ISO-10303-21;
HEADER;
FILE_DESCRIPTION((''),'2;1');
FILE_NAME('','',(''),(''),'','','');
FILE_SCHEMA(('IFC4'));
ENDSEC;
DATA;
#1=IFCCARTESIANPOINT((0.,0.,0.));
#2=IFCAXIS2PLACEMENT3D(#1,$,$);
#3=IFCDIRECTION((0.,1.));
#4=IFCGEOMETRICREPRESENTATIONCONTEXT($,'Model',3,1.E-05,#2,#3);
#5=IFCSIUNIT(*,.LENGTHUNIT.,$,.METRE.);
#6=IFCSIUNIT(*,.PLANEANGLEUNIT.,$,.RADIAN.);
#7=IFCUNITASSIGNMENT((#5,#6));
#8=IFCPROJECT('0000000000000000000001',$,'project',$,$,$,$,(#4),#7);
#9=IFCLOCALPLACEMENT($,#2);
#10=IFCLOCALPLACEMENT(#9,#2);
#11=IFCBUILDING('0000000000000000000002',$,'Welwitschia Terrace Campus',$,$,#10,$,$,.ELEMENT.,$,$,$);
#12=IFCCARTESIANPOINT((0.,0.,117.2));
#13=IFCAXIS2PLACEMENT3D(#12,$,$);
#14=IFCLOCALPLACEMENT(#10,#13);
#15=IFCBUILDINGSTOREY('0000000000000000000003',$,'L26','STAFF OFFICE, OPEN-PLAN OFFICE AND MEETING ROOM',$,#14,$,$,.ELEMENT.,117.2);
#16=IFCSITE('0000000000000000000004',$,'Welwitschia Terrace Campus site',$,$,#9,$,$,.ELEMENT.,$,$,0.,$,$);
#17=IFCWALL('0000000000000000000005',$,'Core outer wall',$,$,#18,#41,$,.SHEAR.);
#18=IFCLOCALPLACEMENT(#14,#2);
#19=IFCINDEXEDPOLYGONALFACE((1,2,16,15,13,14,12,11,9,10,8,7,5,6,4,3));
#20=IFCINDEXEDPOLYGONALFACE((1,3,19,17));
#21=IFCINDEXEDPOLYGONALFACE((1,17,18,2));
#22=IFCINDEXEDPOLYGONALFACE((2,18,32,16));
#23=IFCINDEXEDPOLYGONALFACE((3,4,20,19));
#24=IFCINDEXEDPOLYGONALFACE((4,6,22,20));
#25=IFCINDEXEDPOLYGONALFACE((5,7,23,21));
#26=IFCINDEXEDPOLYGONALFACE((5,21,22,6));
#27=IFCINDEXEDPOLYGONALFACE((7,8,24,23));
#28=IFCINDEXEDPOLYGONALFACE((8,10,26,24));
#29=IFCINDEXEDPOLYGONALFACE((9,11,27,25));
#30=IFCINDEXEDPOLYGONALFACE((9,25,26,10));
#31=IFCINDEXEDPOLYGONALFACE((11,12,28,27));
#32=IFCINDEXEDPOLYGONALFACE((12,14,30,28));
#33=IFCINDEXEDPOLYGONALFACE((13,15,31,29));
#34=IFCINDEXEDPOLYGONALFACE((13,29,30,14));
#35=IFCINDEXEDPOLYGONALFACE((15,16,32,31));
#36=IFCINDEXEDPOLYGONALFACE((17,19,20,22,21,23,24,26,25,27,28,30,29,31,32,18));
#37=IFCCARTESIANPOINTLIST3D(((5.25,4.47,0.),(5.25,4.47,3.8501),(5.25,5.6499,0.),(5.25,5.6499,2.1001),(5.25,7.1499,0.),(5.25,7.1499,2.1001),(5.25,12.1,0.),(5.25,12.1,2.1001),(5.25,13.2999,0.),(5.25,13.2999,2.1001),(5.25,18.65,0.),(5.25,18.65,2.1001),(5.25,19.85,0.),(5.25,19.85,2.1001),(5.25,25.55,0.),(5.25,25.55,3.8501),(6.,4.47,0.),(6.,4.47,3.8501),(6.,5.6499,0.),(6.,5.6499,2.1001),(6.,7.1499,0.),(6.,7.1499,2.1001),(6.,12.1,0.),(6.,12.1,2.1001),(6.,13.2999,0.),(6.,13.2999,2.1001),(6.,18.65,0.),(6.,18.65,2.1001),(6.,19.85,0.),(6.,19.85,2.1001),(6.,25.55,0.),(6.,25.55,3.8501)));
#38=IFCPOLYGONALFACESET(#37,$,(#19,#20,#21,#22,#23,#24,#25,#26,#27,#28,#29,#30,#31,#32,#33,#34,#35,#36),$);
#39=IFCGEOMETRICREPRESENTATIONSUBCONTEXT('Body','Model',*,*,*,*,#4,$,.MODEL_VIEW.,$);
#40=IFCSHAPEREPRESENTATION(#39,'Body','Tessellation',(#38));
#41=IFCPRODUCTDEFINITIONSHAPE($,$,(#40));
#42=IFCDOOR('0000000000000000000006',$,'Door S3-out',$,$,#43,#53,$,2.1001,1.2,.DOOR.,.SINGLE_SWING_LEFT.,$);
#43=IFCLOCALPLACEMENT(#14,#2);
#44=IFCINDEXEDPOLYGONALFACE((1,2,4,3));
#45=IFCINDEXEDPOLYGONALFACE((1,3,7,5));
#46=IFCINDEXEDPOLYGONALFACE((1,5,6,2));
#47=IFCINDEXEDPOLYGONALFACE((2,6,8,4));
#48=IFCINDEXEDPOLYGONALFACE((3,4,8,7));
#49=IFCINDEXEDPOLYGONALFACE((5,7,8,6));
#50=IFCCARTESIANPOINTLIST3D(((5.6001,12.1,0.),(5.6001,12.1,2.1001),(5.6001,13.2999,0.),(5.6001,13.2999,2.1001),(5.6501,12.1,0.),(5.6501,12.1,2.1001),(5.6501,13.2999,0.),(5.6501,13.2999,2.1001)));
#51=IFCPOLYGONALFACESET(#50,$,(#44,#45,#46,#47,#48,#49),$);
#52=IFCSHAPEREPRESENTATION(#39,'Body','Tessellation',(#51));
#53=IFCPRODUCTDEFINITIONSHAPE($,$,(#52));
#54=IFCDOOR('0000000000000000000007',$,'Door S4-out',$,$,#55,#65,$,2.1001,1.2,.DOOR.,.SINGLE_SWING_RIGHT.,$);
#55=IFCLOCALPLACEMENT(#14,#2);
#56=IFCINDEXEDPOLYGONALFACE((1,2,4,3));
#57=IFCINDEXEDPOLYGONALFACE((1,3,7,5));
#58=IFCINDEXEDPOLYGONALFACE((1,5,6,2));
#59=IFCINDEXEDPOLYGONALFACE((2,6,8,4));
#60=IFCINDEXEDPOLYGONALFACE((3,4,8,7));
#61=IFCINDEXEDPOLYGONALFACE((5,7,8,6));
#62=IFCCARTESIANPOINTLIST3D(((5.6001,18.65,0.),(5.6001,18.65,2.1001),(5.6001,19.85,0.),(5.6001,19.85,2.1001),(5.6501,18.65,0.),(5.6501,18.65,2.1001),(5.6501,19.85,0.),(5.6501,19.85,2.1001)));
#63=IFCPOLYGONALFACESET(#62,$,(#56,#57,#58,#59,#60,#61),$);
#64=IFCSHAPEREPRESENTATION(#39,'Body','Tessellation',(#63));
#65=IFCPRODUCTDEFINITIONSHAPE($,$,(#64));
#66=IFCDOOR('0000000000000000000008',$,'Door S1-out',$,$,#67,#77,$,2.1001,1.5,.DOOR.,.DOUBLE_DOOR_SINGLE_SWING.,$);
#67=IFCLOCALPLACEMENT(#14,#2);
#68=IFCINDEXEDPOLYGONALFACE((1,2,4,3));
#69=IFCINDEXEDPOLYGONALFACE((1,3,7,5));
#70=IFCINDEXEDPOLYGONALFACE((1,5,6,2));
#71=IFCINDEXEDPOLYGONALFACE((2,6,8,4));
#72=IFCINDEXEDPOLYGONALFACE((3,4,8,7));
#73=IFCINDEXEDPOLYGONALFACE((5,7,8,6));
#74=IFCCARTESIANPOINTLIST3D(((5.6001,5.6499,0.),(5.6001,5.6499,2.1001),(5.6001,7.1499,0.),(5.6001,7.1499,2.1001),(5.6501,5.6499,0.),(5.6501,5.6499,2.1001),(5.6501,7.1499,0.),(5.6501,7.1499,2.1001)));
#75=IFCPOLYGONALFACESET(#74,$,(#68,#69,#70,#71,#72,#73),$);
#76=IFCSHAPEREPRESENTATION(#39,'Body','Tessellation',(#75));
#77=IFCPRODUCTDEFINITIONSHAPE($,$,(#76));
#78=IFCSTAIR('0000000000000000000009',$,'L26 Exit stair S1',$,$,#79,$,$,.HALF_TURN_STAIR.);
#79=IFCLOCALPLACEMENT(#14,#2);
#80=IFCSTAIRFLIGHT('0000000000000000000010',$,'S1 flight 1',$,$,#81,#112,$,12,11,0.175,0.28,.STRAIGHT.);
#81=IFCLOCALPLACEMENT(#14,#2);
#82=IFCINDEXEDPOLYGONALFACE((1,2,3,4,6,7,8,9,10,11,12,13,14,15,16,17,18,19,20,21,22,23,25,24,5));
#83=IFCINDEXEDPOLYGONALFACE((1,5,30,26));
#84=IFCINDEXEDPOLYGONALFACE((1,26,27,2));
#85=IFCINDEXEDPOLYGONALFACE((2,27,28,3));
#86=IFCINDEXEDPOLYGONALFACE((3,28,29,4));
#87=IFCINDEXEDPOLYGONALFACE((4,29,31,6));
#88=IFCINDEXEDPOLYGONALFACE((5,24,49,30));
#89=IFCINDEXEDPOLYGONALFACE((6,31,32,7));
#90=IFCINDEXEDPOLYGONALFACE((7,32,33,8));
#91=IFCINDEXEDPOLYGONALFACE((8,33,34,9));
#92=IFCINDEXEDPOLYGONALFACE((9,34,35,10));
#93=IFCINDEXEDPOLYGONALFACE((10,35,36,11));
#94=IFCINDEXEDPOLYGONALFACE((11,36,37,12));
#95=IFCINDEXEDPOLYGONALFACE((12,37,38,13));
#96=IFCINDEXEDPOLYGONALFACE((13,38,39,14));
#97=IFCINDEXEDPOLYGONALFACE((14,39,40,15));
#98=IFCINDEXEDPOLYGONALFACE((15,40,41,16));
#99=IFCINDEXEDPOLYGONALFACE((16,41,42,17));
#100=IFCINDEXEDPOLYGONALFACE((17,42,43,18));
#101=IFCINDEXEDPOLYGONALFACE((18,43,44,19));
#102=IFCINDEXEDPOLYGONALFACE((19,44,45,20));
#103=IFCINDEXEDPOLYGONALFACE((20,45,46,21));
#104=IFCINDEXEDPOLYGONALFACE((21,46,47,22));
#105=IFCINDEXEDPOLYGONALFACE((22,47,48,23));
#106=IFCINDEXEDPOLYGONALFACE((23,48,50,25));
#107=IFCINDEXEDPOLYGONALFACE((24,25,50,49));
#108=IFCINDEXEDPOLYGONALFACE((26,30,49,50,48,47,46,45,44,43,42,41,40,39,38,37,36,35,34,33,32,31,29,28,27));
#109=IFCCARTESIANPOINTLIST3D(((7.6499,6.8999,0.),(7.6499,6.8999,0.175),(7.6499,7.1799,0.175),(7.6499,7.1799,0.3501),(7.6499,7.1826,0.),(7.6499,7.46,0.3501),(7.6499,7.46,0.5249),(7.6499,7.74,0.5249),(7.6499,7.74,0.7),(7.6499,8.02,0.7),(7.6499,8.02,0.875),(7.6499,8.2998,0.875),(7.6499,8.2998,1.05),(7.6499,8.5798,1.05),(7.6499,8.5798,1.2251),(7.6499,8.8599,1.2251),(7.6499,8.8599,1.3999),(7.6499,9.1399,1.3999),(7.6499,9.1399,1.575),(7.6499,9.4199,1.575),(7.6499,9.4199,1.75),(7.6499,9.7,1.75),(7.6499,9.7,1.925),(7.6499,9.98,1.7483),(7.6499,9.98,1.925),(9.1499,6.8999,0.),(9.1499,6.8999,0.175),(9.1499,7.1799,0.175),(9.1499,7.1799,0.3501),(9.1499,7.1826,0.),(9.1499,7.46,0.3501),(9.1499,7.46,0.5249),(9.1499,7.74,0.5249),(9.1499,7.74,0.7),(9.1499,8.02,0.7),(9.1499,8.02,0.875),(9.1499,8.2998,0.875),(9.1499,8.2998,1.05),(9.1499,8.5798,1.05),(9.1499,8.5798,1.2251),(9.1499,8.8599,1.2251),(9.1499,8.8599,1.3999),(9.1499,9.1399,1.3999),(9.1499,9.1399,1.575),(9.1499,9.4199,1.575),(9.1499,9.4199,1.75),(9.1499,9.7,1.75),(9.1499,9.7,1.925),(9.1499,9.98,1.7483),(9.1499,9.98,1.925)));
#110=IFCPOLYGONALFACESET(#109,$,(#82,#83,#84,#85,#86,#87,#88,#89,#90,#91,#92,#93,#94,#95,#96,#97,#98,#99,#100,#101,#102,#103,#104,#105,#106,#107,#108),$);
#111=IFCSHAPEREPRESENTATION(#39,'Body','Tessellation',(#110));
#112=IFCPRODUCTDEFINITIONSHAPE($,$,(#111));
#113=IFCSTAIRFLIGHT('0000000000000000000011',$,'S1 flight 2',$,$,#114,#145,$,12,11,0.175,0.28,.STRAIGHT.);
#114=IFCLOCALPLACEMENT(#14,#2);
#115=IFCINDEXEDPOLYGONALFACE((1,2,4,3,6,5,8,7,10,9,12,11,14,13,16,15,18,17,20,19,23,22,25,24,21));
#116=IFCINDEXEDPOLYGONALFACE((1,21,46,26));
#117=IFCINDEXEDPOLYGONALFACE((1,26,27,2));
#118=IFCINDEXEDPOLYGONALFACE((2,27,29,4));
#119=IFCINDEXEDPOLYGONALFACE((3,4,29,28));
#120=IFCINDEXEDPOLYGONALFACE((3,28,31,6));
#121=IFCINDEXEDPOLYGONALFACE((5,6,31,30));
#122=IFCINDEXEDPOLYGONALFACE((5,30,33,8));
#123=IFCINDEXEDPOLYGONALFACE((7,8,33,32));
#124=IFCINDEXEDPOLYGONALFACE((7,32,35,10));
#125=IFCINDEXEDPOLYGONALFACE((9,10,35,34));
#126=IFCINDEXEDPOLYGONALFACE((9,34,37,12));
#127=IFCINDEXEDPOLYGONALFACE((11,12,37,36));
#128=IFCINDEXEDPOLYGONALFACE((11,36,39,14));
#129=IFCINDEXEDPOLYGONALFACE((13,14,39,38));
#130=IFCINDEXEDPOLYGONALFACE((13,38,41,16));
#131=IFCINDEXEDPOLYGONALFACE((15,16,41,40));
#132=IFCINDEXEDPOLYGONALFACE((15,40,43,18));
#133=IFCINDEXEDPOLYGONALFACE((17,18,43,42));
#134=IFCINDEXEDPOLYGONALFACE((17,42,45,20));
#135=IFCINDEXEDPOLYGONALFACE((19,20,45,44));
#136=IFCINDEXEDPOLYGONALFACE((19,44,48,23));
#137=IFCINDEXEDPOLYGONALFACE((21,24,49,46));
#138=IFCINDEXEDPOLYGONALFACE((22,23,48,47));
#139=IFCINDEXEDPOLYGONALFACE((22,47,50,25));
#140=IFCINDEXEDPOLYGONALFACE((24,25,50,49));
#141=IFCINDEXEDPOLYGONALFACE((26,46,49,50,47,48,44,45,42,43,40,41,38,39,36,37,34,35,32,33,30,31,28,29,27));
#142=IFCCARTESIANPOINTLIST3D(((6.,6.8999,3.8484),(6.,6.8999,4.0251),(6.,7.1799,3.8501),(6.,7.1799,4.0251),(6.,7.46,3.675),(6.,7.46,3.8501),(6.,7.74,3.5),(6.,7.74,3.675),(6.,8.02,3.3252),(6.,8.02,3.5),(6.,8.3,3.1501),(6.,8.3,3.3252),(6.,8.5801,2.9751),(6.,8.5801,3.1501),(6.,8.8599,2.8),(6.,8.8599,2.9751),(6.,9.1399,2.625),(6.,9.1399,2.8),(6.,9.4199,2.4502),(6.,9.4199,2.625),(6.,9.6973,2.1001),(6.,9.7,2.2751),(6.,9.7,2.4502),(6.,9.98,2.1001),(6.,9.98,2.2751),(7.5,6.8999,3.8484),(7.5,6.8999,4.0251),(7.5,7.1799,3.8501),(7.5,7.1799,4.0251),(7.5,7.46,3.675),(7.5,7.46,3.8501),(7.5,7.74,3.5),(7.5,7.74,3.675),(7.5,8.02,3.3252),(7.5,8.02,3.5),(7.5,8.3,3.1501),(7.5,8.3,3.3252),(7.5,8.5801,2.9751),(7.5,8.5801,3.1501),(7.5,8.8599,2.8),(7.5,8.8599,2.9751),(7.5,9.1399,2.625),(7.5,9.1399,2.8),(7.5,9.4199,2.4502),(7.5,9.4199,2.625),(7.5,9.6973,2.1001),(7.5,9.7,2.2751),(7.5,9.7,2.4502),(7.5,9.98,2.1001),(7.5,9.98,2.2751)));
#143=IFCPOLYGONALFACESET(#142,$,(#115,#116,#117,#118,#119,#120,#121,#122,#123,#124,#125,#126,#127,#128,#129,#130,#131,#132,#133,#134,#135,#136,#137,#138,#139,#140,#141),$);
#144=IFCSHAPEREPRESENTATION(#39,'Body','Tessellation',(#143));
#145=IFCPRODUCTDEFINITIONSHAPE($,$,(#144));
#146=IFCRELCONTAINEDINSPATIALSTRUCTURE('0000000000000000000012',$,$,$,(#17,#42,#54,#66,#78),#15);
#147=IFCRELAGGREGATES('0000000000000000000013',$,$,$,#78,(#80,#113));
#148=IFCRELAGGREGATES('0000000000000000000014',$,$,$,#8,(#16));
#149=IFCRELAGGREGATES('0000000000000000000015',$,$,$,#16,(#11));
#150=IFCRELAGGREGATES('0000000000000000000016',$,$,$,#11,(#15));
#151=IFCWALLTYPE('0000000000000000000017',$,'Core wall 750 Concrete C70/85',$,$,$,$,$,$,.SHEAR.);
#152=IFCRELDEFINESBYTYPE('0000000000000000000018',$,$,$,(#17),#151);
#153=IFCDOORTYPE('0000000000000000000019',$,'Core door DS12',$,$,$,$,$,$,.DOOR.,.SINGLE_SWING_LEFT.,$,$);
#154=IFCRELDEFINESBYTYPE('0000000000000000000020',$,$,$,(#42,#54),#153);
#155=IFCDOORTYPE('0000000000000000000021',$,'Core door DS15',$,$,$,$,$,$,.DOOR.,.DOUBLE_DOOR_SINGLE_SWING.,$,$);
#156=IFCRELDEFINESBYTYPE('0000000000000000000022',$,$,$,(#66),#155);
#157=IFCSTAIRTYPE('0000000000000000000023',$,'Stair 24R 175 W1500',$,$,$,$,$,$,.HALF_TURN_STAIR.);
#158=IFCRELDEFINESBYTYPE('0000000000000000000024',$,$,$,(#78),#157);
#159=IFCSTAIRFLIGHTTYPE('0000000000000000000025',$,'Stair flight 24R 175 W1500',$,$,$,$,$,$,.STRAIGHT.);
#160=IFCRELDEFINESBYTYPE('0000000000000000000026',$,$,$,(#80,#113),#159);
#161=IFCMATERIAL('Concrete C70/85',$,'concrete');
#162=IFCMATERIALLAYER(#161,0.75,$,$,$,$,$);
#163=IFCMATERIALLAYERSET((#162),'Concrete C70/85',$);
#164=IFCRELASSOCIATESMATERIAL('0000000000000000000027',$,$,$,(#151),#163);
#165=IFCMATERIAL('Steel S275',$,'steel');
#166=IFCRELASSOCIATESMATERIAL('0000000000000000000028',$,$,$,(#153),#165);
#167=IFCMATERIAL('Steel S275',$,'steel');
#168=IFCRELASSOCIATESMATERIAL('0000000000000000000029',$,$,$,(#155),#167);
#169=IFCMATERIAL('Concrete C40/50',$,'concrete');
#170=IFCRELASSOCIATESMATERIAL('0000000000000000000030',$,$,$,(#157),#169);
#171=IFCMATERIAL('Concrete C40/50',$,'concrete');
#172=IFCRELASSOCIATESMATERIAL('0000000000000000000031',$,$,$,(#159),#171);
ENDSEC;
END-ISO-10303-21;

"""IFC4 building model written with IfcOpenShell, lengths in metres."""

from ifc_helpers import new_model, si_unit, direction, frame, frame_2d, origin, place, context, subcontext, project, spatial, polyline, rectangle, outline, extrude, material, layer, layer_set, type_object, element, fill, aggregate, save


model = new_model("IFC4")

# Units and contexts
model_context = context("Model", 3, precision=1e-05, world=origin(), true_north=direction((0.0, 1.0)))
body_context = subcontext(model_context, "Body", "Model", "MODEL_VIEW")
ifc_project = project(units=[si_unit("LENGTHUNIT", "METRE"), si_unit("PLANEANGLEUNIT", "RADIAN")], contexts=[model_context])

# Site, building, storey
site_placement = place(None, origin())
site = spatial("IfcSite", under=ifc_project, at=site_placement, Name="Welwitschia Terrace Campus site", CompositionType="ELEMENT", RefElevation=0.0)
building_placement = place(site_placement, origin())
building = spatial("IfcBuilding", under=site, at=building_placement, Name="Welwitschia Terrace Campus", CompositionType="ELEMENT")
storey_placement = place(building_placement, frame((0.0, 0.0, 117.2)))
storey = spatial("IfcBuildingStorey", under=building, at=storey_placement, Name="L26", Description="STAFF OFFICE, OPEN-PLAN OFFICE AND MEETING ROOM", CompositionType="ELEMENT", Elevation=117.2)

# Wall, openings, doors
ifc_material_1 = material(Name="Concrete C70/85", Category="concrete")
ifc_layer_1 = layer(ifc_material_1, 0.75)
ifc_layer_set_1 = layer_set([ifc_layer_1], Name="Concrete C70/85")
wall_type_1 = type_object("IfcWallType", Name="Core wall 750 Concrete C70/85", PredefinedType="SHEAR", material=ifc_layer_set_1)
wall_1_placement = place(storey_placement, frame((5.625, 4.47, 0.0), z_axis=(0.0, 0.0, 1.0), x_axis=(0.0, 1.0, 0.0)))
wall_1 = element("IfcWall", 1, at=wall_1_placement, inside=storey, type_object=wall_type_1, Name="Core outer wall", PredefinedType="SHEAR", context=body_context, shape_type="SweptSolid", body=[
    extrude(rectangle(XDim=21.0801, YDim=0.75, at=frame_2d((10.54, 0.0))), origin(), (0.0, 0.0, 1.0), 3.8501),
])
opening_1_placement = place(wall_1_placement, frame((1.1799, 0.0, 0.0)))
opening_1 = element("IfcOpeningElement", 2, at=opening_1_placement, cuts=wall_1, PredefinedType="OPENING", context=body_context, shape_type="SweptSolid", body=[
    extrude(rectangle(XDim=1.5, YDim=2.1001, at=frame_2d((0.75, 1.05))), frame((0.0, 0.385, 0.0), z_axis=(0.0, -1.0, 0.0), x_axis=(1.0, 0.0, 0.0)), (0.0, 0.0, 1.0), 0.77),
])
opening_2_placement = place(wall_1_placement, frame((7.6299, 0.0, 0.0)))
opening_2 = element("IfcOpeningElement", 3, at=opening_2_placement, cuts=wall_1, PredefinedType="OPENING", context=body_context, shape_type="SweptSolid", body=[
    extrude(rectangle(XDim=1.2, YDim=2.1001, at=frame_2d((0.6001, 1.05))), frame((0.0, 0.385, 0.0), z_axis=(0.0, -1.0, 0.0), x_axis=(1.0, 0.0, 0.0)), (0.0, 0.0, 1.0), 0.77),
])
opening_3_placement = place(wall_1_placement, frame((14.1799, 0.0, 0.0)))
opening_3 = element("IfcOpeningElement", 4, at=opening_3_placement, cuts=wall_1, PredefinedType="OPENING", context=body_context, shape_type="SweptSolid", body=[
    extrude(rectangle(XDim=1.2, YDim=2.1001, at=frame_2d((0.6001, 1.05))), frame((0.0, 0.385, 0.0), z_axis=(0.0, -1.0, 0.0), x_axis=(1.0, 0.0, 0.0)), (0.0, 0.0, 1.0), 0.77),
])
ifc_material_2 = material(Name="Steel S275", Category="steel")
door_type_1 = type_object("IfcDoorType", Name="Core door DS12", OperationType="SINGLE_SWING_LEFT", PredefinedType="DOOR", material=ifc_material_2)
door_1_placement = place(opening_2_placement, origin())
door_1 = element("IfcDoor", 5, at=door_1_placement, inside=storey, type_object=door_type_1, Name="Door S3-out", OperationType="SINGLE_SWING_LEFT", OverallHeight=2.1001, OverallWidth=1.2, PredefinedType="DOOR", context=body_context, shape_type="SweptSolid", body=[
    extrude(rectangle(XDim=1.2, YDim=2.1001, at=frame_2d((0.6001, 1.05))), frame((0.0, 0.0249, 0.0), z_axis=(0.0, -1.0, 0.0), x_axis=(1.0, 0.0, 0.0)), (0.0, 0.0, 1.0), 0.05),
])
fill(opening_2, door_1)
door_2_placement = place(opening_3_placement, origin())
door_2 = element("IfcDoor", 6, at=door_2_placement, inside=storey, type_object=door_type_1, Name="Door S4-out", OperationType="SINGLE_SWING_RIGHT", OverallHeight=2.1001, OverallWidth=1.2, PredefinedType="DOOR", context=body_context, shape_type="SweptSolid", body=[
    extrude(rectangle(XDim=1.2, YDim=2.1001, at=frame_2d((0.6001, 1.05))), frame((0.0, 0.0249, 0.0), z_axis=(0.0, -1.0, 0.0), x_axis=(1.0, 0.0, 0.0)), (0.0, 0.0, 1.0), 0.05),
])
fill(opening_3, door_2)
ifc_material_3 = material(Name="Steel S275", Category="steel")
door_type_2 = type_object("IfcDoorType", Name="Core door DS15", OperationType="DOUBLE_DOOR_SINGLE_SWING", PredefinedType="DOOR", material=ifc_material_3)
door_3_placement = place(opening_1_placement, origin())
door_3 = element("IfcDoor", 7, at=door_3_placement, inside=storey, type_object=door_type_2, Name="Door S1-out", OperationType="DOUBLE_DOOR_SINGLE_SWING", OverallHeight=2.1001, OverallWidth=1.5, PredefinedType="DOOR", context=body_context, shape_type="SweptSolid", body=[
    extrude(rectangle(XDim=1.5, YDim=2.1001, at=frame_2d((0.75, 1.05))), frame((0.0, 0.0249, 0.0), z_axis=(0.0, -1.0, 0.0), x_axis=(1.0, 0.0, 0.0)), (0.0, 0.0, 1.0), 0.05),
])
fill(opening_1, door_3)

# Stair, stair flights
ifc_material_4 = material(Name="Concrete C40/50", Category="concrete")
stair_type = type_object("IfcStairType", Name="Stair 24R 175 W1500", PredefinedType="HALF_TURN_STAIR", material=ifc_material_4)
stair_placement = place(storey_placement, origin())
stair = element("IfcStair", 8, at=stair_placement, inside=storey, type_object=stair_type, Name="L26 Exit stair S1", PredefinedType="HALF_TURN_STAIR")
ifc_material_5 = material(Name="Concrete C40/50", Category="concrete")
stair_flight_type = type_object("IfcStairFlightType", Name="Stair flight 24R 175 W1500", PredefinedType="STRAIGHT", material=ifc_material_5)
stair_flight_1_placement = place(storey_placement, frame((8.3999, 6.8999, 0.0), z_axis=(0.0, 0.0, 1.0), x_axis=(0.0, 1.0, 0.0)))
stair_flight_1 = element("IfcStairFlight", 9, at=stair_flight_1_placement, type_object=stair_flight_type, Name="S1 flight 1", NumberOfRisers=12, NumberOfTreads=11, PredefinedType="STRAIGHT", RiserHeight=0.175, TreadLength=0.28, context=body_context, shape_type="SweptSolid", body=[
    extrude(outline(polyline([(0.0, 0.0), (0.0, 0.175), (0.28, 0.175), (0.28, 0.3501), (0.5601, 0.3501), (0.5601, 0.5249), (0.8401, 0.5249), (0.8401, 0.7), (1.1201, 0.7), (1.1201, 0.875), (1.3999, 0.875), (1.3999, 1.05), (1.6799, 1.05), (1.6799, 1.2251), (1.96, 1.2251), (1.96, 1.3999), (2.24, 1.3999), (2.24, 1.575), (2.52, 1.575), (2.52, 1.75), (2.8, 1.75), (2.8, 1.925), (3.0801, 1.925), (3.0801, 2.1001), (3.0801, 1.7483), (0.2827, 0.0), (0.0, 0.0)])), frame((0.0, 0.75, 0.0), z_axis=(0.0, -1.0, 0.0), x_axis=(1.0, 0.0, 0.0)), (0.0, 0.0, 1.0), 1.5),
])
stair_flight_2_placement = place(storey_placement, frame((6.75, 9.98, 2.1001), z_axis=(0.0, 0.0, 1.0), x_axis=(0.0, -1.0, 0.0)))
stair_flight_2 = element("IfcStairFlight", 10, at=stair_flight_2_placement, type_object=stair_flight_type, Name="S1 flight 2", NumberOfRisers=12, NumberOfTreads=11, PredefinedType="STRAIGHT", RiserHeight=0.175, TreadLength=0.28, context=body_context, shape_type="SweptSolid", body=[
    extrude(outline(polyline([(0.0, 0.0), (0.0, 0.175), (0.28, 0.175), (0.28, 0.3501), (0.5601, 0.3501), (0.5601, 0.5249), (0.8401, 0.5249), (0.8401, 0.7), (1.1201, 0.7), (1.1201, 0.875), (1.3999, 0.875), (1.3999, 1.05), (1.6799, 1.05), (1.6799, 1.2251), (1.96, 1.2251), (1.96, 1.3999), (2.24, 1.3999), (2.24, 1.575), (2.52, 1.575), (2.52, 1.75), (2.8, 1.75), (2.8, 1.925), (3.0801, 1.925), (3.0801, 2.1001), (3.0801, 1.7483), (0.2827, 0.0), (0.0, 0.0)])), frame((0.0, 0.75, 0.0), z_axis=(0.0, -1.0, 0.0), x_axis=(1.0, 0.0, 0.0)), (0.0, 0.0, 1.0), 1.5),
])
aggregate(stair, [stair_flight_1, stair_flight_2])

save(model, "model.ifc")
